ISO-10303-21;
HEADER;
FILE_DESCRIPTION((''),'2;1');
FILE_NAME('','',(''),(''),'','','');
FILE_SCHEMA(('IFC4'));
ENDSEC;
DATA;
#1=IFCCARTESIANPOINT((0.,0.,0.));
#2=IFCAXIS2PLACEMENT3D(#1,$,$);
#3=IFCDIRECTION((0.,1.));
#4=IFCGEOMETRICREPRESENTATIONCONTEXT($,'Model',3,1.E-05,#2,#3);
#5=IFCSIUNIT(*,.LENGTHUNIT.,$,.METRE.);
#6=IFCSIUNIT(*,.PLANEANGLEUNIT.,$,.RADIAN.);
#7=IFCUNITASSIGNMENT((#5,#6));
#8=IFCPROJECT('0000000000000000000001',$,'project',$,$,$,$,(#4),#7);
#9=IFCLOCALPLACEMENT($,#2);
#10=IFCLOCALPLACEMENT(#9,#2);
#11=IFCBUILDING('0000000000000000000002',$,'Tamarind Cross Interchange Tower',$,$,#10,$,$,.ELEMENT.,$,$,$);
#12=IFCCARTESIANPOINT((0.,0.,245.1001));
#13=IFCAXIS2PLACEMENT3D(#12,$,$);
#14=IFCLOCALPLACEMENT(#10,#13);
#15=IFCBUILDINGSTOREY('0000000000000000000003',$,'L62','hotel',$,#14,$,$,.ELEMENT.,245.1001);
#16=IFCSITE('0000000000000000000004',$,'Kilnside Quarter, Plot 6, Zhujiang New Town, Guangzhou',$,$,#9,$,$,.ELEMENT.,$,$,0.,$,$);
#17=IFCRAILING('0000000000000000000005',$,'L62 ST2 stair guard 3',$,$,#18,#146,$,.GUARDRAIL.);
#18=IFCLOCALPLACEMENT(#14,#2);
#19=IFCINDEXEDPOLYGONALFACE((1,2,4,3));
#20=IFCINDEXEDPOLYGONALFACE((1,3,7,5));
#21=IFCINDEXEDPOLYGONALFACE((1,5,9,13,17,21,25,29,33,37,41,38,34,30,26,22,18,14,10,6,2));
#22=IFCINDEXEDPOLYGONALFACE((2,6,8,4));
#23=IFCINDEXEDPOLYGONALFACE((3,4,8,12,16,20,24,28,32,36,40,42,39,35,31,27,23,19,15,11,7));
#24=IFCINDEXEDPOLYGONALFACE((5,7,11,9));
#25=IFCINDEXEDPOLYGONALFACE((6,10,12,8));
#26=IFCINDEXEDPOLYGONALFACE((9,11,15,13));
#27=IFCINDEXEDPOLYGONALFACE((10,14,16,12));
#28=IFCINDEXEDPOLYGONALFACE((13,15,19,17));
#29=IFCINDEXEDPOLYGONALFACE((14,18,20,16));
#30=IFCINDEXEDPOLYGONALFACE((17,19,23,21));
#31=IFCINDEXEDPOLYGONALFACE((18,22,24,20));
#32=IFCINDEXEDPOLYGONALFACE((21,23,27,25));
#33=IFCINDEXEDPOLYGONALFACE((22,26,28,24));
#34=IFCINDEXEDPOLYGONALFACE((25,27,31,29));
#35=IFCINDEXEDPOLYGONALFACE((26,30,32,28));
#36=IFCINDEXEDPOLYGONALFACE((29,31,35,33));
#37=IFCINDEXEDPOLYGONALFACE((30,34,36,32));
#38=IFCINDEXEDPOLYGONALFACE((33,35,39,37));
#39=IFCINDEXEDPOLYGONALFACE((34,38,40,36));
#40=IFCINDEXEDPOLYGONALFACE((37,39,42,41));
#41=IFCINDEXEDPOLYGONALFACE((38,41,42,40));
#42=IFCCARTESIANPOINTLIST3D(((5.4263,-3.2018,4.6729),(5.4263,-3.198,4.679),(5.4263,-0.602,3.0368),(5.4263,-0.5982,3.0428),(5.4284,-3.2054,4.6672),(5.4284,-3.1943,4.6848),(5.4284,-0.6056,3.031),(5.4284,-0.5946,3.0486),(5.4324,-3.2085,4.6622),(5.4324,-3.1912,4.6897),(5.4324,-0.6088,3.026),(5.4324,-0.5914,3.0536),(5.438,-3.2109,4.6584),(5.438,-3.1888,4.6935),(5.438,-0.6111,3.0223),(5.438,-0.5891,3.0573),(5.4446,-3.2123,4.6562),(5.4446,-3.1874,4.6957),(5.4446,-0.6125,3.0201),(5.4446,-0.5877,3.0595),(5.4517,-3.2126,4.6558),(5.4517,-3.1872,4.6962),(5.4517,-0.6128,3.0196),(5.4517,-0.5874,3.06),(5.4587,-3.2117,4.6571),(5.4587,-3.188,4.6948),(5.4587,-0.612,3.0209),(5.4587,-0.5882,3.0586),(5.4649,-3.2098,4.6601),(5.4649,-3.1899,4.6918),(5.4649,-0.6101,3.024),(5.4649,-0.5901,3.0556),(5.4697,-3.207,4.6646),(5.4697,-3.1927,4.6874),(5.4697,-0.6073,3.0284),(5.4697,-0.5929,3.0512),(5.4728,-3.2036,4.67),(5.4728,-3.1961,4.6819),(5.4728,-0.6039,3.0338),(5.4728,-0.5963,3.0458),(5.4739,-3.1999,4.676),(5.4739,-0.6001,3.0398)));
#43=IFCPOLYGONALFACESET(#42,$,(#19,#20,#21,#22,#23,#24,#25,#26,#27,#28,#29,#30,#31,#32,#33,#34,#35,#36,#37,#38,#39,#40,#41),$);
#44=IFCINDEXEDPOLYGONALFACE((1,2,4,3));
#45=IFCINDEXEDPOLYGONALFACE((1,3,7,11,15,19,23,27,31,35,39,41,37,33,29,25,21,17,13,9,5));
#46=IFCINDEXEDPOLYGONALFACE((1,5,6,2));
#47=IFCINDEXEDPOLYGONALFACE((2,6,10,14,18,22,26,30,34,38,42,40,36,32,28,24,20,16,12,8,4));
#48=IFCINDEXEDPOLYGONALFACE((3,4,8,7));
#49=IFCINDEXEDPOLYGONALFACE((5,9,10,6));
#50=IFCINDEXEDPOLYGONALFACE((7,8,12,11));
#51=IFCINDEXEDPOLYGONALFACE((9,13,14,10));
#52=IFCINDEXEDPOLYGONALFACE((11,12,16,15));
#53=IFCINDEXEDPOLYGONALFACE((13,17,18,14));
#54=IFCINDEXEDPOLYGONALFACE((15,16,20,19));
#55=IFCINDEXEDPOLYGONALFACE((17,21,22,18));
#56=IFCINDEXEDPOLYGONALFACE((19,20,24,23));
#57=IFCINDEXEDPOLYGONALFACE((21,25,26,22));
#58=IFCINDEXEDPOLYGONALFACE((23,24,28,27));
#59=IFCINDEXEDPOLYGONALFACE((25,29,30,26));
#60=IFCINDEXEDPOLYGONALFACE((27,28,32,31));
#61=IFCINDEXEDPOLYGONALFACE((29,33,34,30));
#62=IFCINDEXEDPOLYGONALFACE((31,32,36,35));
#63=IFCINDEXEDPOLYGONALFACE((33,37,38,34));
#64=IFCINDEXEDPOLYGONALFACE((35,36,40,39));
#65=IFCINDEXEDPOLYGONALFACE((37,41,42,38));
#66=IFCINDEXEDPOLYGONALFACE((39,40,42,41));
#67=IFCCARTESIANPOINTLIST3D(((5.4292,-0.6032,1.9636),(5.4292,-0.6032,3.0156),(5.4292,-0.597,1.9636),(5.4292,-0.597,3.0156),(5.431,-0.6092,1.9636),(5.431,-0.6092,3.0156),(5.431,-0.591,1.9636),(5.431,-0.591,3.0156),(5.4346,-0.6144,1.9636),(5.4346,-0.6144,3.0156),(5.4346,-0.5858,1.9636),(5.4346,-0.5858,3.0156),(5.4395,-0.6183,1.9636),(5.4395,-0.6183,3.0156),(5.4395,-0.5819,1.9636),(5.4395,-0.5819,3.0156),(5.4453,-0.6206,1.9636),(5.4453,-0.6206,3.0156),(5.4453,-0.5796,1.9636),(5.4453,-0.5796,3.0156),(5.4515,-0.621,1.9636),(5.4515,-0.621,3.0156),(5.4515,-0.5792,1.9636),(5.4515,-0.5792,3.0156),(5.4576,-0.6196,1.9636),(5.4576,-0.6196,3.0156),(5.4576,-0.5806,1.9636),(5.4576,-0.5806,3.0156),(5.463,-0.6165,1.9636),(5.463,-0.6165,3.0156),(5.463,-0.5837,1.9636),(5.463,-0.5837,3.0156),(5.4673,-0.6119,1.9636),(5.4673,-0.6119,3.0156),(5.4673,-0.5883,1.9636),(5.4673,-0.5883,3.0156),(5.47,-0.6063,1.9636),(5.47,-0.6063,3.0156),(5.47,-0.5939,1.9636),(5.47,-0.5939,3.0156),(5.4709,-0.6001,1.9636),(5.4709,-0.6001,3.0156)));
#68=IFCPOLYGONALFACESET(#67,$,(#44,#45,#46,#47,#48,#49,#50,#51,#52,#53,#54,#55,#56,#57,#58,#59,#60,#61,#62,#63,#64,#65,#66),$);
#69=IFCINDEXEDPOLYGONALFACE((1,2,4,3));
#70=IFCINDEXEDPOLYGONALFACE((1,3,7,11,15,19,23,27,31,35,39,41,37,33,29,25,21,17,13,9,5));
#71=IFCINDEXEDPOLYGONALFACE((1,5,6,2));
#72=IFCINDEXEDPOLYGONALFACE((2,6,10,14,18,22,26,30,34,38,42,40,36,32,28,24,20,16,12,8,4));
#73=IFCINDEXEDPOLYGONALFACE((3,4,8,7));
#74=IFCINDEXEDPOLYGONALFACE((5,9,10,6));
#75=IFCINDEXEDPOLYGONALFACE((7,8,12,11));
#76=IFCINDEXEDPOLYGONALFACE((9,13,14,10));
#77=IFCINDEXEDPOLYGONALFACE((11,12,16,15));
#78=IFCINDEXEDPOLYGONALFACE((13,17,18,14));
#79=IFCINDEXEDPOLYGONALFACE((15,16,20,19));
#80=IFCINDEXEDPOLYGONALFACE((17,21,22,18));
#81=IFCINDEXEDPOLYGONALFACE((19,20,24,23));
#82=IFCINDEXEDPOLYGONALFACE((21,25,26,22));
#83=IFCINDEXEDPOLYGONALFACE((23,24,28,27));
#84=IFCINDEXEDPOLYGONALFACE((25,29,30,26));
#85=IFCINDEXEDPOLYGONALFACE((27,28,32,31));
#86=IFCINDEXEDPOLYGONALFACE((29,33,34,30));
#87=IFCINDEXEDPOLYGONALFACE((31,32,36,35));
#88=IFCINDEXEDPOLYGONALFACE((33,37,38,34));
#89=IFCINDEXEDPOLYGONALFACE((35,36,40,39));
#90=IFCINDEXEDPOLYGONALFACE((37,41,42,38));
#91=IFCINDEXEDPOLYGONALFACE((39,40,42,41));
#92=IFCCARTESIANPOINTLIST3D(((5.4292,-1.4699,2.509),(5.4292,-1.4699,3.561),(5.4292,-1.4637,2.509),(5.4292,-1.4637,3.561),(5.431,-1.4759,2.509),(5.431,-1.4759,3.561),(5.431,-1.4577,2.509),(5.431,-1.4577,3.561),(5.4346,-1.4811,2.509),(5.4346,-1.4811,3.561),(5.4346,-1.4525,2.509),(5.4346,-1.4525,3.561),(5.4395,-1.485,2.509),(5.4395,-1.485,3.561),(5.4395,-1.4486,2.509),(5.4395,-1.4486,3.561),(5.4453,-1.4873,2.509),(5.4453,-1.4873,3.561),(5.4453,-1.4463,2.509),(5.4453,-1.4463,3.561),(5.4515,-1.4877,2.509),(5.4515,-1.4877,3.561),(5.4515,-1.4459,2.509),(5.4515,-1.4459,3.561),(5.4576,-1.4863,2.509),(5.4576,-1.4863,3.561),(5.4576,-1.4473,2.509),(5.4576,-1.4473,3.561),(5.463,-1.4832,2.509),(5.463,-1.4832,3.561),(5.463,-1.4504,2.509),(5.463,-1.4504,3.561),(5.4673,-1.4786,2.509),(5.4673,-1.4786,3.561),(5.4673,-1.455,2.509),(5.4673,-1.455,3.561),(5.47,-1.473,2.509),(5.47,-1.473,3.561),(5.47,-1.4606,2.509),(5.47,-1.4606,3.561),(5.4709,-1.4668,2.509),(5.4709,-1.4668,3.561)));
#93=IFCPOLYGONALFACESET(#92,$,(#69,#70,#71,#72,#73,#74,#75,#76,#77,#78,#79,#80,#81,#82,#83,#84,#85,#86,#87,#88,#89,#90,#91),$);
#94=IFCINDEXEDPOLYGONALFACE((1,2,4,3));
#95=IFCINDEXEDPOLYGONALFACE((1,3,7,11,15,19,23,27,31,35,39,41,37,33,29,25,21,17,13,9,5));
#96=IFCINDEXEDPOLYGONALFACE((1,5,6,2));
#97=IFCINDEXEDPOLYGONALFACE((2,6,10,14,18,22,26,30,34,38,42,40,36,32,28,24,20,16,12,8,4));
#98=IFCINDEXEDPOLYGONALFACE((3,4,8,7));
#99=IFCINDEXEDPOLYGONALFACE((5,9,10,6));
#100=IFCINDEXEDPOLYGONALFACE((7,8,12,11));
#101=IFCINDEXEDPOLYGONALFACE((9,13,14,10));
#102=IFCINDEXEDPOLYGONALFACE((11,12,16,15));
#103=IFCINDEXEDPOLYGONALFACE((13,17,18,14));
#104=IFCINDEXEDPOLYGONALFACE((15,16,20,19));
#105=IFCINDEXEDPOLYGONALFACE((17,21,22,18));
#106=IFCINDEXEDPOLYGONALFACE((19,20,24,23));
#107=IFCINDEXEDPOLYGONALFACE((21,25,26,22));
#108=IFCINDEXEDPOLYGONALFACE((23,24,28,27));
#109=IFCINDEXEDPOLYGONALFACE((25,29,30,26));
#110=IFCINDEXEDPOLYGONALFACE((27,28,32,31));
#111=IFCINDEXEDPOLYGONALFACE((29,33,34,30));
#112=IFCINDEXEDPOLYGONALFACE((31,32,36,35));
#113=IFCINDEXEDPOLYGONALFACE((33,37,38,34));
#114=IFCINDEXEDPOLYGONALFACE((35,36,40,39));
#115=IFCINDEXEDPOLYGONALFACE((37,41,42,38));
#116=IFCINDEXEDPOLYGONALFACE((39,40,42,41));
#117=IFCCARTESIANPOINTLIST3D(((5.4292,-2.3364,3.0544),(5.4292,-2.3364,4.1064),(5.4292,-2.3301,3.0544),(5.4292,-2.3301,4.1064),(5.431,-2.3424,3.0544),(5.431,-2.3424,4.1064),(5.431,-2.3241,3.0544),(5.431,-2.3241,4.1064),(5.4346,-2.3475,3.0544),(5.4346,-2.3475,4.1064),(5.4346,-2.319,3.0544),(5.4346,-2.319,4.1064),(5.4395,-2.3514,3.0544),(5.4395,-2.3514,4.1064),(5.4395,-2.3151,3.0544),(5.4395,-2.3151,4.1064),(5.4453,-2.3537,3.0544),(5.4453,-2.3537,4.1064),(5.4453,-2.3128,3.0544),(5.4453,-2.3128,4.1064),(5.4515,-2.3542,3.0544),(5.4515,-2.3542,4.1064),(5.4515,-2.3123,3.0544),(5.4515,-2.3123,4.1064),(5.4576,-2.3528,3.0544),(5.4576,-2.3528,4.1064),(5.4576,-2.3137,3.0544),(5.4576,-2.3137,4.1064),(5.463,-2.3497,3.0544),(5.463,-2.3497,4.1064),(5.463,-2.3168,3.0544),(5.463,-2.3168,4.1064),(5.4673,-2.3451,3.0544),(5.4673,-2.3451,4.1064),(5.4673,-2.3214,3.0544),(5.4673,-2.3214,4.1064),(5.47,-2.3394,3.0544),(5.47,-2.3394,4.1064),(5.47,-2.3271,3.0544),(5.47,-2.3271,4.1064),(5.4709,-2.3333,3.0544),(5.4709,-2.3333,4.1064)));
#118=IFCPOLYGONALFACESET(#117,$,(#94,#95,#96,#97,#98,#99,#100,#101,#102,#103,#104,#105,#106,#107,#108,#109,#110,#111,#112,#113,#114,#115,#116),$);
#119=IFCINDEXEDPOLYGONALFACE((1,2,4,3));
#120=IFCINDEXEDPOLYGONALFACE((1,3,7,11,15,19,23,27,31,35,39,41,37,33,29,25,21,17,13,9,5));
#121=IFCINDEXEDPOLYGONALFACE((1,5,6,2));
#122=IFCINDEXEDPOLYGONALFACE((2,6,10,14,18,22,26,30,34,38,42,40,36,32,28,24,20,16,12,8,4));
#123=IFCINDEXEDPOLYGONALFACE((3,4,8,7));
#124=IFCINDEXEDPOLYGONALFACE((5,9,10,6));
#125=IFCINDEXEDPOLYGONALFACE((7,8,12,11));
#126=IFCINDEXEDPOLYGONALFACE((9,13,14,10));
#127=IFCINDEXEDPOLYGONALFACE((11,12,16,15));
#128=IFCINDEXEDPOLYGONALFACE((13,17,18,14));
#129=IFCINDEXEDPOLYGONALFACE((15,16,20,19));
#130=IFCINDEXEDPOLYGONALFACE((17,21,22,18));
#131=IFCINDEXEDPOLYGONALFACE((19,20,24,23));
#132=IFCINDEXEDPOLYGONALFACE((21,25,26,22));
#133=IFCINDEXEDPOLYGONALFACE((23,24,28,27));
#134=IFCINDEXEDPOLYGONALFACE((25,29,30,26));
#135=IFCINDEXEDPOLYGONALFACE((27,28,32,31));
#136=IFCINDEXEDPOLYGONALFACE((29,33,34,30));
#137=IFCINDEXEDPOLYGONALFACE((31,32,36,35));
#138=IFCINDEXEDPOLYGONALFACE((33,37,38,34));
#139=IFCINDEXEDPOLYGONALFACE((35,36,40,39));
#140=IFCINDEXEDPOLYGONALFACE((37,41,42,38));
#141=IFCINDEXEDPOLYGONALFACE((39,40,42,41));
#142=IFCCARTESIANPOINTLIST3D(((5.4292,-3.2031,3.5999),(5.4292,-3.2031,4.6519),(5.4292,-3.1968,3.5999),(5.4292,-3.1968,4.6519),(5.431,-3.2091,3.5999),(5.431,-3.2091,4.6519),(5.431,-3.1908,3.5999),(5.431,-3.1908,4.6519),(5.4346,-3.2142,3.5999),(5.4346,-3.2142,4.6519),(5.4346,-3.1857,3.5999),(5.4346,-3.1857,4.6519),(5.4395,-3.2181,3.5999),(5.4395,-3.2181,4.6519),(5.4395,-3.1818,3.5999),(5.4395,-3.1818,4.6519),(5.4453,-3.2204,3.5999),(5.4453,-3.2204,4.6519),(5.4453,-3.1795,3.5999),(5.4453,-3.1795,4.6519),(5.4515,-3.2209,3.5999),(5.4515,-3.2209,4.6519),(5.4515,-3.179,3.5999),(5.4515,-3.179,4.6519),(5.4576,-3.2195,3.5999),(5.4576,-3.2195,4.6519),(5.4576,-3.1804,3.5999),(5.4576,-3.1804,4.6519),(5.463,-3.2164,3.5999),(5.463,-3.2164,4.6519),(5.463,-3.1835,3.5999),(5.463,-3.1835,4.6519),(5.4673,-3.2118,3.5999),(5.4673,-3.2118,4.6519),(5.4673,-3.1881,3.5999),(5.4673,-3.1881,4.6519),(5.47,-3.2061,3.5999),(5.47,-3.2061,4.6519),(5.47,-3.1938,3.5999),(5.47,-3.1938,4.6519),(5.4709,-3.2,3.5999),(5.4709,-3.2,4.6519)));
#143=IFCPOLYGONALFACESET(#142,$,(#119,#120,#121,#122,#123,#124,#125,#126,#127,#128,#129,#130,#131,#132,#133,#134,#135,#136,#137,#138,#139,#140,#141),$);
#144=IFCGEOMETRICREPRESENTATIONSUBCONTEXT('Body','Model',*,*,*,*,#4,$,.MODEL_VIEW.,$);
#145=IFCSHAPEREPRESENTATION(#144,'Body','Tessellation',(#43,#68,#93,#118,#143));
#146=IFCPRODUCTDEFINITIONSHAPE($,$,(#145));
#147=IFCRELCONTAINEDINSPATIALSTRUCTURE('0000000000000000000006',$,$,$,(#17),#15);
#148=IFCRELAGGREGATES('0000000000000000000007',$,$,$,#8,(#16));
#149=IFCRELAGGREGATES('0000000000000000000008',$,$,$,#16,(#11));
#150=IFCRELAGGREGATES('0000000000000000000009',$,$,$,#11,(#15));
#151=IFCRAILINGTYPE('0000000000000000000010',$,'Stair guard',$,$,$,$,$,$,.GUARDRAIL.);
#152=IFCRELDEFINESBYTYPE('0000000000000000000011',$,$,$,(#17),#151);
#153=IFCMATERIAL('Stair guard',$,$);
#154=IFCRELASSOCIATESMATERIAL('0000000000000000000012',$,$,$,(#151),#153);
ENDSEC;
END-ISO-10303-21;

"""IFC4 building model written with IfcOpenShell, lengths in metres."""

from ifc_helpers import new_model, si_unit, direction, frame, origin, origin_2d, place, context, subcontext, project, spatial, circle, extrude, material, type_object, element, save


model = new_model("IFC4")

# Units and contexts
model_context = context("Model", 3, precision=1e-05, world=origin(), true_north=direction((0.0, 1.0)))
body_context = subcontext(model_context, "Body", "Model", "MODEL_VIEW")
ifc_project = project(units=[si_unit("LENGTHUNIT", "METRE"), si_unit("PLANEANGLEUNIT", "RADIAN")], contexts=[model_context])

# Site, building, storey
site_placement = place(None, origin())
site = spatial("IfcSite", under=ifc_project, at=site_placement, Name="Kilnside Quarter, Plot 6, Zhujiang New Town, Guangzhou", CompositionType="ELEMENT", RefElevation=0.0)
building_placement = place(site_placement, origin())
building = spatial("IfcBuilding", under=site, at=building_placement, Name="Tamarind Cross Interchange Tower", CompositionType="ELEMENT")
storey_placement = place(building_placement, frame((0.0, 0.0, 245.1001)))
storey = spatial("IfcBuildingStorey", under=building, at=storey_placement, Name="L62", Description="hotel", CompositionType="ELEMENT", Elevation=245.1001)

# Railing
ifc_material_1 = material(Name="Stair guard")
railing_type_1 = type_object("IfcRailingType", Name="Stair guard", PredefinedType="GUARDRAIL", material=ifc_material_1)
railing_1_placement = place(storey_placement, frame((5.45, -0.6001, 1.9636)))
element("IfcRailing", 1, at=railing_1_placement, inside=storey, type_object=railing_type_1, Name="L62 ST2 stair guard 3", PredefinedType="GUARDRAIL", context=body_context, shape_type="SweptSolid", body=[
    extrude(circle(Radius=0.0239, at=origin_2d()), frame((0.0, 0.0, 1.0762), z_axis=(0.0, -0.846338, 0.532647), x_axis=(1.0, 0.0, 0.0)), (0.0, 0.0, 1.0), 3.0718),
    extrude(circle(Radius=0.021, at=origin_2d()), origin(), (0.0, 0.0, 1.0), 1.052),
    extrude(circle(Radius=0.021, at=origin_2d()), frame((0.0, -0.8667, 0.5454)), (0.0, 0.0, 1.0), 1.052),
    extrude(circle(Radius=0.021, at=origin_2d()), frame((0.0, -1.7332, 1.0908)), (0.0, 0.0, 1.0), 1.052),
    extrude(circle(Radius=0.021, at=origin_2d()), frame((0.0, -2.5999, 1.6362)), (0.0, 0.0, 1.0), 1.052),
])

save(model, "model.ifc")
